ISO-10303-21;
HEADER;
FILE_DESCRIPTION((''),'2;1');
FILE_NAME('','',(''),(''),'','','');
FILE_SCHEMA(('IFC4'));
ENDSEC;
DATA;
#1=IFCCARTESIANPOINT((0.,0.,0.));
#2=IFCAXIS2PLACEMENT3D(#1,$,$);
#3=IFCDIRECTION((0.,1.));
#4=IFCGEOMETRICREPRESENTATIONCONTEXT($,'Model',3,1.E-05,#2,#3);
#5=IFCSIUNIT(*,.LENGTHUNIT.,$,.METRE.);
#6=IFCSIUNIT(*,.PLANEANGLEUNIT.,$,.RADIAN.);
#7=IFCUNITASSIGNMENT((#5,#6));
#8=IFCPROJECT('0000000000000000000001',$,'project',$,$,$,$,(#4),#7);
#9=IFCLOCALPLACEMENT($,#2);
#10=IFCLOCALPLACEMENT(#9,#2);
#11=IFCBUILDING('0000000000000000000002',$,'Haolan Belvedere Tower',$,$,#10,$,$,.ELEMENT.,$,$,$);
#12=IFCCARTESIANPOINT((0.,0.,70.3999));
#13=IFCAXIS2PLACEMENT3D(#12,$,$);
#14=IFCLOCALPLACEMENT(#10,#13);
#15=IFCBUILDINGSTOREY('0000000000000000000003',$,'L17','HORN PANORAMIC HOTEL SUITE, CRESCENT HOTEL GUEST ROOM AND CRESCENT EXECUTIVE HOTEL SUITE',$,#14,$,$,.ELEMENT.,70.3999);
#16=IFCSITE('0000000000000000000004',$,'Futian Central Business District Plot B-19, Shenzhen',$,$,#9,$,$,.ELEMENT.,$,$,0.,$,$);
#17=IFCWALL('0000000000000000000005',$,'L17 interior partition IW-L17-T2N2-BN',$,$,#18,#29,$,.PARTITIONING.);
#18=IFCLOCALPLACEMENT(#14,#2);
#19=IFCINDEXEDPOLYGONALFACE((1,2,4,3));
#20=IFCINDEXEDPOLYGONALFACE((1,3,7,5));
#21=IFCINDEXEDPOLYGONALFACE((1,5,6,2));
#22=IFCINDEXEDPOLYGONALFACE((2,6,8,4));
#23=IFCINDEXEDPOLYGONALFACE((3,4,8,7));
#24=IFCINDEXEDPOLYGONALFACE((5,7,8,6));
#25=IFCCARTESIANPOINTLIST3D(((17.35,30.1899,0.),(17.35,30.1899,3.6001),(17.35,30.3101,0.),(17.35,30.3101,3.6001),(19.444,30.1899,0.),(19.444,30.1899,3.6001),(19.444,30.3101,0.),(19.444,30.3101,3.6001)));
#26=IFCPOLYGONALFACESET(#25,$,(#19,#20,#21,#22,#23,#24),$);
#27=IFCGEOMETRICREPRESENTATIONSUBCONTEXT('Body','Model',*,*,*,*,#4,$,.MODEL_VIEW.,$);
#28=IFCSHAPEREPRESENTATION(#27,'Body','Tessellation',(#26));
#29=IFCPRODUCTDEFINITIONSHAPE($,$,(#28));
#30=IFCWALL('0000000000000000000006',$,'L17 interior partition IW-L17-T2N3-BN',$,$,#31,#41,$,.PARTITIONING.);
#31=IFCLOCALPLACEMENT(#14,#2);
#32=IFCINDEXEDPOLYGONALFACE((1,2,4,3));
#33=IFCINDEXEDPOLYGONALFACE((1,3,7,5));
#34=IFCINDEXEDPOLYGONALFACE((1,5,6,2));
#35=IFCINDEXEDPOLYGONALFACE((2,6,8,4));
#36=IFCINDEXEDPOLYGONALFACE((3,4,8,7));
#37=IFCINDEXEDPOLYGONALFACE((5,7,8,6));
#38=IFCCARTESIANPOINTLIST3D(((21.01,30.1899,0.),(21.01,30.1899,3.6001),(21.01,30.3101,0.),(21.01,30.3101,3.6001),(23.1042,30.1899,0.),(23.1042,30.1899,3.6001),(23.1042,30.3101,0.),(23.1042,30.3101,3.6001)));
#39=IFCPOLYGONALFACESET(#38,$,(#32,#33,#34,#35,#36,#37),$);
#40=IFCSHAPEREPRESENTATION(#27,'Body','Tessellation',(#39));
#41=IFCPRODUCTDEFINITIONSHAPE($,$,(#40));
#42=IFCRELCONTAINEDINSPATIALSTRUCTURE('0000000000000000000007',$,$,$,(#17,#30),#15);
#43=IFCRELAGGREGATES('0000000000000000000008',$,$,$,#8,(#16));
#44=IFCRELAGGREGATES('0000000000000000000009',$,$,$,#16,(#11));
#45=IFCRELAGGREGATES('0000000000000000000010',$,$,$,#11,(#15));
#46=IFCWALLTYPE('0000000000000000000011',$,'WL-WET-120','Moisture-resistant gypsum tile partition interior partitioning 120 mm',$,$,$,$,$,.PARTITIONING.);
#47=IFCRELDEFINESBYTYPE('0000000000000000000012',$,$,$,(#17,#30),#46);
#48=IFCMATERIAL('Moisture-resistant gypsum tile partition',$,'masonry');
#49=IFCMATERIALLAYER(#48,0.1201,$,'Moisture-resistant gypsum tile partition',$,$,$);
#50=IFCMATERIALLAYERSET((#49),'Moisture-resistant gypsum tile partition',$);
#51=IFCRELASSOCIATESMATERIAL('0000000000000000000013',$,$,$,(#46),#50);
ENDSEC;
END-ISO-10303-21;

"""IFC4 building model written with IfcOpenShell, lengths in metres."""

from ifc_helpers import new_model, si_unit, direction, frame, frame_2d, origin, place, context, subcontext, project, spatial, rectangle, extrude, material, layer, layer_set, type_object, element, save


model = new_model("IFC4")

# Units and contexts
model_context = context("Model", 3, precision=1e-05, world=origin(), true_north=direction((0.0, 1.0)))
body_context = subcontext(model_context, "Body", "Model", "MODEL_VIEW")
ifc_project = project(units=[si_unit("LENGTHUNIT", "METRE"), si_unit("PLANEANGLEUNIT", "RADIAN")], contexts=[model_context])

# Site, building, storey
site_placement = place(None, origin())
site = spatial("IfcSite", under=ifc_project, at=site_placement, Name="Futian Central Business District Plot B-19, Shenzhen", CompositionType="ELEMENT", RefElevation=0.0)
building_placement = place(site_placement, origin())
building = spatial("IfcBuilding", under=site, at=building_placement, Name="Haolan Belvedere Tower", CompositionType="ELEMENT")
storey_placement = place(building_placement, frame((0.0, 0.0, 70.3999)))
storey = spatial("IfcBuildingStorey", under=building, at=storey_placement, Name="L17", Description="HORN PANORAMIC HOTEL SUITE, CRESCENT HOTEL GUEST ROOM AND CRESCENT EXECUTIVE HOTEL SUITE", CompositionType="ELEMENT", Elevation=70.3999)

# Walls
ifc_material_1 = material(Name="Moisture-resistant gypsum tile partition", Category="masonry")
ifc_layer_1 = layer(ifc_material_1, 0.1201, Name="Moisture-resistant gypsum tile partition")
ifc_layer_set_1 = layer_set([ifc_layer_1], Name="Moisture-resistant gypsum tile partition")
wall_type_1 = type_object("IfcWallType", Name="WL-WET-120", Description="Moisture-resistant gypsum tile partition interior partitioning 120 mm", PredefinedType="PARTITIONING", material=ifc_layer_set_1)
wall_1_placement = place(storey_placement, frame((17.3501, 30.25, 0.0), z_axis=(0.0, 0.0, 1.0), x_axis=(1.0, 0.0, 0.0)))
element("IfcWall", 1, at=wall_1_placement, inside=storey, type_object=wall_type_1, Name="L17 interior partition IW-L17-T2N2-BN", PredefinedType="PARTITIONING", context=body_context, shape_type="SweptSolid", body=[
    extrude(rectangle(XDim=2.094, YDim=0.1201, at=frame_2d((1.0469, 0.0))), origin(), (0.0, 0.0, 1.0), 3.6001),
])
wall_2_placement = place(storey_placement, frame((21.01, 30.25, 0.0), z_axis=(0.0, 0.0, 1.0), x_axis=(1.0, 0.0, 0.0)))
element("IfcWall", 2, at=wall_2_placement, inside=storey, type_object=wall_type_1, Name="L17 interior partition IW-L17-T2N3-BN", PredefinedType="PARTITIONING", context=body_context, shape_type="SweptSolid", body=[
    extrude(rectangle(XDim=2.0942, YDim=0.1201, at=frame_2d((1.0471, 0.0))), origin(), (0.0, 0.0, 1.0), 3.6001),
])

save(model, "model.ifc")
